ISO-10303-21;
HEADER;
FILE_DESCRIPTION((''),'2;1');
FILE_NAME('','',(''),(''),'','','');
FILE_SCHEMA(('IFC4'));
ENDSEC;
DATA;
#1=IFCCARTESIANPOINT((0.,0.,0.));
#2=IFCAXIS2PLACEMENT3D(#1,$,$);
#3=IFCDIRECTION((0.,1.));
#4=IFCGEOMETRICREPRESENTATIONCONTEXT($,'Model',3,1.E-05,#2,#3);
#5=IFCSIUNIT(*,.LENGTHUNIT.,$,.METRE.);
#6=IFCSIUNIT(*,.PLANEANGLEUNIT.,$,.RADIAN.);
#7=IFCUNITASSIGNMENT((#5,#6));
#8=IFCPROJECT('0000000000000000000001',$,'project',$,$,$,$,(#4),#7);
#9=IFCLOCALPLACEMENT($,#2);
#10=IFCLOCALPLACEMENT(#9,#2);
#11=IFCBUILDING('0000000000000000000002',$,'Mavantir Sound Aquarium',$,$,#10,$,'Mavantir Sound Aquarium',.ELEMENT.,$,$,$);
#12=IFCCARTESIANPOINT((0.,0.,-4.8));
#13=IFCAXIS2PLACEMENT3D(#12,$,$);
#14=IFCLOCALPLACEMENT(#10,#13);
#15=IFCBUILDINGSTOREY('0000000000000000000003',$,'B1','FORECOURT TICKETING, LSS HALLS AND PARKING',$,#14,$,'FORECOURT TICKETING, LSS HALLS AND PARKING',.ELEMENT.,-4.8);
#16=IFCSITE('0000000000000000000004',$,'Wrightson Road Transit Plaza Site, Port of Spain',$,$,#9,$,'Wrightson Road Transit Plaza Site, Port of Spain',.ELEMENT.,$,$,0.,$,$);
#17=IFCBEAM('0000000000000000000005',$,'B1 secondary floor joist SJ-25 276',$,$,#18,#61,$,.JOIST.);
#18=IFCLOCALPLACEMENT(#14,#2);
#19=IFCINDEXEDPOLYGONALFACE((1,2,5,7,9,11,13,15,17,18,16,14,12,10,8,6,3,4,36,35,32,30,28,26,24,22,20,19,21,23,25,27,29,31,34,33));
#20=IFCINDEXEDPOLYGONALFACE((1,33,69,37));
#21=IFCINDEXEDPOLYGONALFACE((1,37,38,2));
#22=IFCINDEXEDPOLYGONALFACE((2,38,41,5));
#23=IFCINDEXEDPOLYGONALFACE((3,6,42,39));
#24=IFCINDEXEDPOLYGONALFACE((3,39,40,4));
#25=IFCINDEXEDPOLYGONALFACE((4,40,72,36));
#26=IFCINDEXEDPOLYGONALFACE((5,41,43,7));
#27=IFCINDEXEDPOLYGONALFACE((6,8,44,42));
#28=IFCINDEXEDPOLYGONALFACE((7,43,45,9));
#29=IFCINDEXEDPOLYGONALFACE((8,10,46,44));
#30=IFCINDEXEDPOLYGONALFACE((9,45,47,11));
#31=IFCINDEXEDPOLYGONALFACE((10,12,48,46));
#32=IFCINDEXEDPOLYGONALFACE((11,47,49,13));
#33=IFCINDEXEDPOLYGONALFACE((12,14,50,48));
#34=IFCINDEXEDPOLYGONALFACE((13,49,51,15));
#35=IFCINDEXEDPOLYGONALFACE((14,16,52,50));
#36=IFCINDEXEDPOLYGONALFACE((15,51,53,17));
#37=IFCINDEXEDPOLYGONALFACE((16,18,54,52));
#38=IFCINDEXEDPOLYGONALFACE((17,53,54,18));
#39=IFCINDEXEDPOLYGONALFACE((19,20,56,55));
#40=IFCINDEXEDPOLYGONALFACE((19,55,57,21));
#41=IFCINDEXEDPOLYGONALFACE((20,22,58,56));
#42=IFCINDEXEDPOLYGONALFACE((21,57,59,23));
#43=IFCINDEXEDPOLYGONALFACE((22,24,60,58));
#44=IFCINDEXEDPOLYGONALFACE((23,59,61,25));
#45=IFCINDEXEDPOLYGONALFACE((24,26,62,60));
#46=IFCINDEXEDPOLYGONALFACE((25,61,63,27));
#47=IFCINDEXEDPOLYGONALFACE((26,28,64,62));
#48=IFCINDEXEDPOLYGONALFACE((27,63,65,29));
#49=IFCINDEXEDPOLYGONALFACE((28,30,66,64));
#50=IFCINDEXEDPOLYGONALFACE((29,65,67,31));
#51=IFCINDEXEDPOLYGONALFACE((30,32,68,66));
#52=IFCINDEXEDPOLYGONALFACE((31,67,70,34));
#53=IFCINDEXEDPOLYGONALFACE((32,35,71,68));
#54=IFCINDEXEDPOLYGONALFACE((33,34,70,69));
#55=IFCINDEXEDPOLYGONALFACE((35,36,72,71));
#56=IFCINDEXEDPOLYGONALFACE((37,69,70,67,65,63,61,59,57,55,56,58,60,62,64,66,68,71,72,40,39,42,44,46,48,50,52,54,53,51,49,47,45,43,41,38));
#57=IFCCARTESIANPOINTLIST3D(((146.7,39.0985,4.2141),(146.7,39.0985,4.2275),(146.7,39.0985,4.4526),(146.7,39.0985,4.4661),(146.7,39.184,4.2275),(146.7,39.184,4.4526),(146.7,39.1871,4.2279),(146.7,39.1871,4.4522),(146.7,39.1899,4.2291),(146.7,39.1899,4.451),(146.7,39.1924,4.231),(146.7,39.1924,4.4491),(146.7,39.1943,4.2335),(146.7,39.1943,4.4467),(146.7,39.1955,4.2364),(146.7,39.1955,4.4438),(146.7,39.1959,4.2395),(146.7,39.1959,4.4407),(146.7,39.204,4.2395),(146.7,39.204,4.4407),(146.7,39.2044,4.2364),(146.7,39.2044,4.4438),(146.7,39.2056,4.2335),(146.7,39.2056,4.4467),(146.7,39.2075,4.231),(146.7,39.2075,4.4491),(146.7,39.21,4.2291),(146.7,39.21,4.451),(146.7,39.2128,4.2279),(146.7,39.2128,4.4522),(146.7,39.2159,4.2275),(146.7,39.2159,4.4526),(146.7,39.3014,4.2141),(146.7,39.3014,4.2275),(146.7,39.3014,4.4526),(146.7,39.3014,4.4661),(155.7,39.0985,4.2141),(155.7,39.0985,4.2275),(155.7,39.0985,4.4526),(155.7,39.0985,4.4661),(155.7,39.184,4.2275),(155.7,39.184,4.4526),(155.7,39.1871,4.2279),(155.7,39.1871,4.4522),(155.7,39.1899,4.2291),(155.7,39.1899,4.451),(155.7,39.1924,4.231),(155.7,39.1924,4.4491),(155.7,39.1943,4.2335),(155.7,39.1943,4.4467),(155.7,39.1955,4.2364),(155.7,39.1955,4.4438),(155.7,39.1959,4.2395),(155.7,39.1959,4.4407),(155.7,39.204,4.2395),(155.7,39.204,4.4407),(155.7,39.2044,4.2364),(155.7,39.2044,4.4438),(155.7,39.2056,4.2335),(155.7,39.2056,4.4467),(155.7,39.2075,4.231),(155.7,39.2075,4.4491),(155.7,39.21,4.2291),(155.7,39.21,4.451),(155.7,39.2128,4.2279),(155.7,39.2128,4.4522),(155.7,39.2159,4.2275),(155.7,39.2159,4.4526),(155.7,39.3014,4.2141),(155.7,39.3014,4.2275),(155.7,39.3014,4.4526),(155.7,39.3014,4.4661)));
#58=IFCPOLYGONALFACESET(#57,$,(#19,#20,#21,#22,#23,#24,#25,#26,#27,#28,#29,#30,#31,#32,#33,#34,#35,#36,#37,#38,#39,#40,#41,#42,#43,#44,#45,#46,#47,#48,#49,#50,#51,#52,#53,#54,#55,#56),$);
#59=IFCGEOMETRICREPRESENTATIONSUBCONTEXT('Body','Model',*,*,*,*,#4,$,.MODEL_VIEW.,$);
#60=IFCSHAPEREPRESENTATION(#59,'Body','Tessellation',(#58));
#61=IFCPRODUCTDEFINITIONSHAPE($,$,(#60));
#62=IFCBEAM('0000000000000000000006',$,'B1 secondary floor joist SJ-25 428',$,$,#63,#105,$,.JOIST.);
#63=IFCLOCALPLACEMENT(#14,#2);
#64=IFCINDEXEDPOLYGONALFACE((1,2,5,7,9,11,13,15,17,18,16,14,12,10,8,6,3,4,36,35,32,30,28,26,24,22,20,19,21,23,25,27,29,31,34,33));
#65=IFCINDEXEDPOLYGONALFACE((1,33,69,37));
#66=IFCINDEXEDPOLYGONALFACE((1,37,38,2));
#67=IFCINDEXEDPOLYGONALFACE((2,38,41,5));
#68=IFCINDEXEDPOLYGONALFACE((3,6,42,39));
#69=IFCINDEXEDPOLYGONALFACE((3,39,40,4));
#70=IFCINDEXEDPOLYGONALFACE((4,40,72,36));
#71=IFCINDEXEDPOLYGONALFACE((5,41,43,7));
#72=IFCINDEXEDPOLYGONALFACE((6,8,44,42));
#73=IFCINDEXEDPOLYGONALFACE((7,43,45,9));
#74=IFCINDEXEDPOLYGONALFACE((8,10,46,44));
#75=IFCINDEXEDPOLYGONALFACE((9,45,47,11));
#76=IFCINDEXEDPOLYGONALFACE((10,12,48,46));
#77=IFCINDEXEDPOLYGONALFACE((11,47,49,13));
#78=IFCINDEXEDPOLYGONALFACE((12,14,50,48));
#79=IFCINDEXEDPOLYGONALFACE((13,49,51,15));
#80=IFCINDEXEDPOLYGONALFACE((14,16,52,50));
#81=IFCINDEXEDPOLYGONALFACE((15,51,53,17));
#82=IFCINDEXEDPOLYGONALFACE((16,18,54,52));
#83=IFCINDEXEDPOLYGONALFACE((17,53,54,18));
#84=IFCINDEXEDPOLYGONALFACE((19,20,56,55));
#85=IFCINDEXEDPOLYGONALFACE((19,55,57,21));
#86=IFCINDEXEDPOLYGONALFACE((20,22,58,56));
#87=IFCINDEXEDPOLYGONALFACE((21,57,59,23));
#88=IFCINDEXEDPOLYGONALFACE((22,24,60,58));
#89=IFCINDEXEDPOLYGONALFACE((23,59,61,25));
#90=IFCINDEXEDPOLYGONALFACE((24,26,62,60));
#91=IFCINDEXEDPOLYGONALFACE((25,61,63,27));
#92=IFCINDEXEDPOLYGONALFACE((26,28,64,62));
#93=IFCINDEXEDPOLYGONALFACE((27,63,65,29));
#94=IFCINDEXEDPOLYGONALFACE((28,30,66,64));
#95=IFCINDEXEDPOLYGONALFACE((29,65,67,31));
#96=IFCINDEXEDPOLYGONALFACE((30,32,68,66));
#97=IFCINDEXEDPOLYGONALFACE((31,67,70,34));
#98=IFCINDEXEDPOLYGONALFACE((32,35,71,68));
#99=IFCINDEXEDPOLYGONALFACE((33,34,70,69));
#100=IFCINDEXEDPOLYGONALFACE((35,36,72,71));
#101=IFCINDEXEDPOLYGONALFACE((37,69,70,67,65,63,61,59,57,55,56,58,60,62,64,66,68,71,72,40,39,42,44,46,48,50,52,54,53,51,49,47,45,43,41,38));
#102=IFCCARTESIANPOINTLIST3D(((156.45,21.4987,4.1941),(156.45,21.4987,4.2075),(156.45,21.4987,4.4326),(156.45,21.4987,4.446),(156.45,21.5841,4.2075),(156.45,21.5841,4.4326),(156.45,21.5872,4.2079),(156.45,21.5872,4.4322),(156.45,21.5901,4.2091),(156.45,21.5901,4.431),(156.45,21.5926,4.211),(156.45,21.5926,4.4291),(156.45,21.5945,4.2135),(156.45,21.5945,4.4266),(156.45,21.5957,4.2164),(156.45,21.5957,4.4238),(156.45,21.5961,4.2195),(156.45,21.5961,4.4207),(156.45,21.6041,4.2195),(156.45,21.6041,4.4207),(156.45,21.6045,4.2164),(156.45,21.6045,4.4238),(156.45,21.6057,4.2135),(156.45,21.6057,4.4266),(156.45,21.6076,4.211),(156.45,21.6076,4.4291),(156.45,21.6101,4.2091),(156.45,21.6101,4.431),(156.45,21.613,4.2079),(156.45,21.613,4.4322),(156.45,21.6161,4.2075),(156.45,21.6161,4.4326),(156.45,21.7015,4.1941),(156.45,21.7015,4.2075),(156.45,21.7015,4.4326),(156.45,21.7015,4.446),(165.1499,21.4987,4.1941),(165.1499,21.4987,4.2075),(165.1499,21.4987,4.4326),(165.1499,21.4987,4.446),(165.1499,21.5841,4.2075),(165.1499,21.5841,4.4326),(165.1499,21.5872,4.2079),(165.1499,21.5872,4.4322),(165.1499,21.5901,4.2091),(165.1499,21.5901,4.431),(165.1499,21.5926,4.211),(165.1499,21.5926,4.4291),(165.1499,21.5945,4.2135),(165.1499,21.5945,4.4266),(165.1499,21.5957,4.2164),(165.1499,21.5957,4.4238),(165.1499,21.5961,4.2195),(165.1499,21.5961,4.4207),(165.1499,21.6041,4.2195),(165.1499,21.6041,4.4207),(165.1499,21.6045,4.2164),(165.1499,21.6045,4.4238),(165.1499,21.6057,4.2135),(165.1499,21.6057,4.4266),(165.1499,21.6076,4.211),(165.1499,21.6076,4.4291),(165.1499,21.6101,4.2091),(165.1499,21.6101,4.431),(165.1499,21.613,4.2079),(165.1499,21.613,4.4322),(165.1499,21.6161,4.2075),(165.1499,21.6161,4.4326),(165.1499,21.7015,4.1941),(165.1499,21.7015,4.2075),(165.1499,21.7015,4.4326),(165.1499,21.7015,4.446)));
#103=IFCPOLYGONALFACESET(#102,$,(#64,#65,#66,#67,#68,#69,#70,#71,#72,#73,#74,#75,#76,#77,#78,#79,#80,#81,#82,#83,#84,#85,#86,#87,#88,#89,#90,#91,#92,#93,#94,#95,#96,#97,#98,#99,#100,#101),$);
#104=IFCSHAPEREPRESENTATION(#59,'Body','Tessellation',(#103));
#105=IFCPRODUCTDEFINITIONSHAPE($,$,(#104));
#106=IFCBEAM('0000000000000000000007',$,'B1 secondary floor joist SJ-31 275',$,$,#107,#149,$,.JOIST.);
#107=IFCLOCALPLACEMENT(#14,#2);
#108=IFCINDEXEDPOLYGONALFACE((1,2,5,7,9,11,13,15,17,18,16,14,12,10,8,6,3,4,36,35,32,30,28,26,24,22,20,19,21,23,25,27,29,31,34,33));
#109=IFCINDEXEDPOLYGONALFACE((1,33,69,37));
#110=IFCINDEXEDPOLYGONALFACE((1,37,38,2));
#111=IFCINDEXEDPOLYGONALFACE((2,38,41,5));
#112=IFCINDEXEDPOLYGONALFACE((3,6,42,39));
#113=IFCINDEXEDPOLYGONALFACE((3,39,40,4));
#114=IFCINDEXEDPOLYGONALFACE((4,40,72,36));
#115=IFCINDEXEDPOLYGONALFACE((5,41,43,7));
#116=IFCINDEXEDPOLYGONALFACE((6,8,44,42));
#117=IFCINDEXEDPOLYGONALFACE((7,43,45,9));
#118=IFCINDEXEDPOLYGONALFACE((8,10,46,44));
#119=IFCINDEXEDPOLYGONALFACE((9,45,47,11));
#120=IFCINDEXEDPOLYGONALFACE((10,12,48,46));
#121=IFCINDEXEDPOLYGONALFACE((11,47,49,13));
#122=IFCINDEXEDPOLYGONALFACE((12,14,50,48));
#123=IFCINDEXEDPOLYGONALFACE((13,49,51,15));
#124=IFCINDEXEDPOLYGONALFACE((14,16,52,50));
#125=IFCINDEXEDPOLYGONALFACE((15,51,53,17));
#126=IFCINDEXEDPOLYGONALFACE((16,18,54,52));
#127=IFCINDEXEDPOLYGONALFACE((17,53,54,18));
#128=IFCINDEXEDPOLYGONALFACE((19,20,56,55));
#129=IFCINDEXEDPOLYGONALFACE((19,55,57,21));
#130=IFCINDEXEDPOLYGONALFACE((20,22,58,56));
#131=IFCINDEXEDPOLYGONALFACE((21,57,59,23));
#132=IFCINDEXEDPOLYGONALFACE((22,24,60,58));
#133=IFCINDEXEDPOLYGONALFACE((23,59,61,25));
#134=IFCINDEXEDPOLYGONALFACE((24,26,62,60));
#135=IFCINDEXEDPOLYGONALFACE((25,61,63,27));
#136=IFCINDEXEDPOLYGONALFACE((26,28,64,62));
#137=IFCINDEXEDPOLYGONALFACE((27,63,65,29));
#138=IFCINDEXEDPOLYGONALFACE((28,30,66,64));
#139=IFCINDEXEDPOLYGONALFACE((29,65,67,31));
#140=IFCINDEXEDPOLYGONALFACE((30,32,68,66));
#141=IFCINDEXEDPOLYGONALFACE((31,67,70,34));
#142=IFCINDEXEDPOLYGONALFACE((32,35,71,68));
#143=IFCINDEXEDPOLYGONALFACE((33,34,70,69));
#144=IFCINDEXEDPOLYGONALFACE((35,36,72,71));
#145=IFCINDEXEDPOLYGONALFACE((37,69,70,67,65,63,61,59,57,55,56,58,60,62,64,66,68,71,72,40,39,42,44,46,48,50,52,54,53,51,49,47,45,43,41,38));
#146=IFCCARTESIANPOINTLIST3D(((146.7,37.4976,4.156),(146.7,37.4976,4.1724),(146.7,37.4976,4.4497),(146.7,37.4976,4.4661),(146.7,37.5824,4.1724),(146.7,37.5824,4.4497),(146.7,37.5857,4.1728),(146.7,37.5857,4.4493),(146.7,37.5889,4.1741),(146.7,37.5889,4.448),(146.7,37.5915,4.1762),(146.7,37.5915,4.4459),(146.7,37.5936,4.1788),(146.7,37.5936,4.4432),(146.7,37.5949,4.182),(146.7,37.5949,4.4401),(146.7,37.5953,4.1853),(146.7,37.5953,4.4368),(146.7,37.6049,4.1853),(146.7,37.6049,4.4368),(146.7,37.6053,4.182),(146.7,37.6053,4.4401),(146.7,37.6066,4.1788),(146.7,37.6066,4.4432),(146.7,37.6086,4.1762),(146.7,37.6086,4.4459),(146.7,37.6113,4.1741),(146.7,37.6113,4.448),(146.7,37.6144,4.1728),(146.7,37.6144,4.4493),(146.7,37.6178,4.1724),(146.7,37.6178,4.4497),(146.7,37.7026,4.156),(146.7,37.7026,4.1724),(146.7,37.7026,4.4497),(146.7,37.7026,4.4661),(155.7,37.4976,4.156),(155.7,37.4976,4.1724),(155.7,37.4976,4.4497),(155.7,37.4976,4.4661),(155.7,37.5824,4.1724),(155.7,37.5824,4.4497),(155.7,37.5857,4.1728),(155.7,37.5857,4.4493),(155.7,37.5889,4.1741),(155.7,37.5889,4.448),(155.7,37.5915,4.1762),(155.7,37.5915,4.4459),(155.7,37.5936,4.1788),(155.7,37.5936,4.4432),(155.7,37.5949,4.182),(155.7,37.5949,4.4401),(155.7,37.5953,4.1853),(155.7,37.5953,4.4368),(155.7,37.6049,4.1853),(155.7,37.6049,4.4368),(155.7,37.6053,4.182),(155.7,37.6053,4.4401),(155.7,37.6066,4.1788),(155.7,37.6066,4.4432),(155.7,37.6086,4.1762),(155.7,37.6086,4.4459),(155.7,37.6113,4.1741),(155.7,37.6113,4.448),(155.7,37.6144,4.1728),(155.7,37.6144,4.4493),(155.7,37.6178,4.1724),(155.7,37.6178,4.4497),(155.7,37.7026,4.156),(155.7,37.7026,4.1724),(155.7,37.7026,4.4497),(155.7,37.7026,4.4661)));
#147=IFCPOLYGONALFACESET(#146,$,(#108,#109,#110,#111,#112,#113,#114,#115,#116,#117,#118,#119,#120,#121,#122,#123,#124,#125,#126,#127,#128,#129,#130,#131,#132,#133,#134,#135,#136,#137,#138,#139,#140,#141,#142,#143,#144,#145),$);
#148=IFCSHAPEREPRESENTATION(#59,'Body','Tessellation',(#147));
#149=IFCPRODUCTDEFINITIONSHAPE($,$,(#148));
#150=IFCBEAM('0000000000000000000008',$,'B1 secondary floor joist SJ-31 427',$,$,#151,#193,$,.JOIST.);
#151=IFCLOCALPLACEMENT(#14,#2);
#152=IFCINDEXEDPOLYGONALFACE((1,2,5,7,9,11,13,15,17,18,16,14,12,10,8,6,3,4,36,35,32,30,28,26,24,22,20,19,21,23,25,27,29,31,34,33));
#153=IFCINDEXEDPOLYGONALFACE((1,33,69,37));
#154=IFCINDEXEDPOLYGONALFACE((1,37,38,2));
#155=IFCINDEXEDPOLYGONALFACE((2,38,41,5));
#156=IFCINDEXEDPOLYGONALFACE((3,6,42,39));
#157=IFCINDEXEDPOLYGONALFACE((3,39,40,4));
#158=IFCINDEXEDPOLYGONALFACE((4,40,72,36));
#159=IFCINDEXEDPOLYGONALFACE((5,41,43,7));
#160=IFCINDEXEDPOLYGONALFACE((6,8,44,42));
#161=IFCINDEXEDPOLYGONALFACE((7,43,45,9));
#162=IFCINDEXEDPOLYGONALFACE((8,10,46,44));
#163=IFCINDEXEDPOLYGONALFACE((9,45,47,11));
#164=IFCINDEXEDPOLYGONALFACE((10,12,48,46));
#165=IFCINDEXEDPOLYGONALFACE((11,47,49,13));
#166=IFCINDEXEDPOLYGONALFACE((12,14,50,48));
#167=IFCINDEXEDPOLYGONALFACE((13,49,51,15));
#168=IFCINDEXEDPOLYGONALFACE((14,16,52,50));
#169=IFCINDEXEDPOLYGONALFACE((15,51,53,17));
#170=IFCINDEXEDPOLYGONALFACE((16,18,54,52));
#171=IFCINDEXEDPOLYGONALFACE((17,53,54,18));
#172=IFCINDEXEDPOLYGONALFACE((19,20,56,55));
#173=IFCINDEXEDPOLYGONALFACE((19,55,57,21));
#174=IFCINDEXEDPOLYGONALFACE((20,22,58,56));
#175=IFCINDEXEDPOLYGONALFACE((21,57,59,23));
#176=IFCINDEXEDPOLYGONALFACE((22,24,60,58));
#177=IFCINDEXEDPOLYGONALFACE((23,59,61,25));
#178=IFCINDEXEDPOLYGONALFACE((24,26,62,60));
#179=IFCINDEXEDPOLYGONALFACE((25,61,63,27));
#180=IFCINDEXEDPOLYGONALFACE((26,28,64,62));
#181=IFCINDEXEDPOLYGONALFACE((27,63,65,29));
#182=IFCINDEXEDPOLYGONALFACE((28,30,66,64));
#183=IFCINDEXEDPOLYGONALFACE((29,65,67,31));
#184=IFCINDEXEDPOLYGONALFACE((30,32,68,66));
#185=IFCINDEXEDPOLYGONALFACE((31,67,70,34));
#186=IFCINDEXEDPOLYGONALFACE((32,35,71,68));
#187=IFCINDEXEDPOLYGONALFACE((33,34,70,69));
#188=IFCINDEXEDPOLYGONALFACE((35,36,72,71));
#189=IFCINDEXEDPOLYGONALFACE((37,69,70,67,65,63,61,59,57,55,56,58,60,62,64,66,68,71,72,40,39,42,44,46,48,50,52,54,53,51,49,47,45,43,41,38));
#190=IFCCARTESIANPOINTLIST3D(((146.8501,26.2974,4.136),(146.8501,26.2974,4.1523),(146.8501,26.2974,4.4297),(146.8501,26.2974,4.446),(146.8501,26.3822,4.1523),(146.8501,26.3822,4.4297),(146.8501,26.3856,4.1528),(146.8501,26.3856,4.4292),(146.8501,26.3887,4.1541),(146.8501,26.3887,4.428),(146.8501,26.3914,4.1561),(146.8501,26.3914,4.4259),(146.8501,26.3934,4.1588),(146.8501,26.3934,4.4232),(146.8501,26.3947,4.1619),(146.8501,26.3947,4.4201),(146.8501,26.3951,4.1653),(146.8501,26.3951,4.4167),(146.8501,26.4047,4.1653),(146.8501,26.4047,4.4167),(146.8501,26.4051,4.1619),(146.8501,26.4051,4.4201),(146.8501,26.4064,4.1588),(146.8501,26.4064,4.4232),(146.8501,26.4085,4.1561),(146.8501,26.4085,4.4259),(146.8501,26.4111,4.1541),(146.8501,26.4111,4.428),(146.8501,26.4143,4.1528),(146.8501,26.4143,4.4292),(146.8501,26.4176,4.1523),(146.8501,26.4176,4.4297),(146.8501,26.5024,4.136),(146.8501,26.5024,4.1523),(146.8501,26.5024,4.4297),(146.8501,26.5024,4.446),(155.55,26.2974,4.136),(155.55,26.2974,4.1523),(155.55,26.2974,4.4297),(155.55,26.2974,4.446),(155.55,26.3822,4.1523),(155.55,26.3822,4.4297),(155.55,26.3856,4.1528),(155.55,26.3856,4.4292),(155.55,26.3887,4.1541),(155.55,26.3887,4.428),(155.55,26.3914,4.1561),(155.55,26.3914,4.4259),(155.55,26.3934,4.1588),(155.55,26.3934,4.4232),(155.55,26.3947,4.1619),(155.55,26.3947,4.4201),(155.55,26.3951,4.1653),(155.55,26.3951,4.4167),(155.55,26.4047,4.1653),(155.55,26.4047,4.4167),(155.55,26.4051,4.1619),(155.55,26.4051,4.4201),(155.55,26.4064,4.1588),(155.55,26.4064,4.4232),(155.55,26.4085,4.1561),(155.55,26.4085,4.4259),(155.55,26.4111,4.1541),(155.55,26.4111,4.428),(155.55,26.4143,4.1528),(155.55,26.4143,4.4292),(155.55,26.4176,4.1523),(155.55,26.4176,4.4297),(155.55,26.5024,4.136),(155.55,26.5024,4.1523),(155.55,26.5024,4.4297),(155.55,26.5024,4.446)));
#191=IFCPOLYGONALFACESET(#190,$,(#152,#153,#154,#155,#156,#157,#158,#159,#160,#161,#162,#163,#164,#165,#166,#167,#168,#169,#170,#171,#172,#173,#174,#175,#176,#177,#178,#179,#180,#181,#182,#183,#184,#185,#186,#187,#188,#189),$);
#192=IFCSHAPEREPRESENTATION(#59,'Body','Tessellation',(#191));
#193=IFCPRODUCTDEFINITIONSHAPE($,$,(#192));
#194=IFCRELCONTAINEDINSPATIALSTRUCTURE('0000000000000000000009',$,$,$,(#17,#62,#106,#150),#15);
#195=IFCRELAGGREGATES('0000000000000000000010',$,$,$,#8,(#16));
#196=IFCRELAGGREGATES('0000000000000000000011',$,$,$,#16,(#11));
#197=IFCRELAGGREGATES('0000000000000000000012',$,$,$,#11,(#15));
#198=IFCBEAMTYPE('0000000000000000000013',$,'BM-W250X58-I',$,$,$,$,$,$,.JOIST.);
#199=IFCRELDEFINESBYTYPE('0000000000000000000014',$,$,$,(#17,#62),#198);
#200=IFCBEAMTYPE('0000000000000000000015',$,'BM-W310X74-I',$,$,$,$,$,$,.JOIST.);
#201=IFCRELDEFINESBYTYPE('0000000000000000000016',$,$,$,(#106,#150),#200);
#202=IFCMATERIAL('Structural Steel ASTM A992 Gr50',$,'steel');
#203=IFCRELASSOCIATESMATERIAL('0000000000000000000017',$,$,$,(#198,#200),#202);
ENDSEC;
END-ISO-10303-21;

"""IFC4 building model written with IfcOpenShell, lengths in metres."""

from ifc_helpers import new_model, si_unit, direction, frame, origin, origin_2d, place, context, subcontext, project, spatial, i_section, extrude, material, material_profile, profile_set, type_object, element, save


model = new_model("IFC4")

# Units and contexts
model_context = context("Model", 3, precision=1e-05, world=origin(), true_north=direction((0.0, 1.0)))
body_context = subcontext(model_context, "Body", "Model", "MODEL_VIEW")
ifc_project = project(units=[si_unit("LENGTHUNIT", "METRE"), si_unit("PLANEANGLEUNIT", "RADIAN")], contexts=[model_context])

# Site, building, storey
site_placement = place(None, origin())
site = spatial("IfcSite", under=ifc_project, at=site_placement, Name="Wrightson Road Transit Plaza Site, Port of Spain", LongName="Wrightson Road Transit Plaza Site, Port of Spain", CompositionType="ELEMENT", RefElevation=0.0)
building_placement = place(site_placement, origin())
building = spatial("IfcBuilding", under=site, at=building_placement, Name="Mavantir Sound Aquarium", LongName="Mavantir Sound Aquarium", CompositionType="ELEMENT")
storey_placement = place(building_placement, frame((0.0, 0.0, -4.8)))
storey = spatial("IfcBuildingStorey", under=building, at=storey_placement, Name="B1", Description="FORECOURT TICKETING, LSS HALLS AND PARKING", LongName="FORECOURT TICKETING, LSS HALLS AND PARKING", CompositionType="ELEMENT", Elevation=-4.8)

# Beams
ifc_material_1 = material(Name="Structural Steel ASTM A992 Gr50", Category="steel")
ifc_material_profile_1 = material_profile(ifc_material_1, i_section(OverallWidth=0.2029, OverallDepth=0.252, WebThickness=0.0081, FlangeThickness=0.0134, FilletRadius=0.012, at=origin_2d()), Name="W250X58")
ifc_profile_set_1 = profile_set([ifc_material_profile_1], Name="Structural Steel ASTM A992 Gr50")
beam_type_1 = type_object("IfcBeamType", Name="BM-W250X58-I", PredefinedType="JOIST", material=ifc_profile_set_1)
beam_1_placement = place(storey_placement, frame((146.7, 39.2, 4.3401), z_axis=(1.0, 0.0, 0.0), x_axis=(0.0, 1.0, 0.0)))
element("IfcBeam", 1, at=beam_1_placement, inside=storey, type_object=beam_type_1, Name="B1 secondary floor joist SJ-25 276", PredefinedType="JOIST", context=body_context, shape_type="SweptSolid", body=[
    extrude(i_section(OverallWidth=0.2029, OverallDepth=0.252, WebThickness=0.0081, FlangeThickness=0.0134, FilletRadius=0.012, at=origin_2d()), origin(), (0.0, 0.0, 1.0), 9.0),
])
beam_2_placement = place(storey_placement, frame((156.45, 21.6001, 4.3201), z_axis=(1.0, 0.0, 0.0), x_axis=(0.0, 1.0, 0.0)))
element("IfcBeam", 2, at=beam_2_placement, inside=storey, type_object=beam_type_1, Name="B1 secondary floor joist SJ-25 428", PredefinedType="JOIST", context=body_context, shape_type="SweptSolid", body=[
    extrude(i_section(OverallWidth=0.2029, OverallDepth=0.252, WebThickness=0.0081, FlangeThickness=0.0134, FilletRadius=0.012, at=origin_2d()), origin(), (0.0, 0.0, 1.0), 8.7),
])
ifc_material_profile_2 = material_profile(ifc_material_1, i_section(OverallWidth=0.2051, OverallDepth=0.3101, WebThickness=0.0095, FlangeThickness=0.0164, FilletRadius=0.0129, at=origin_2d()), Name="W310X74")
ifc_profile_set_2 = profile_set([ifc_material_profile_2], Name="Structural Steel ASTM A992 Gr50")
beam_type_2 = type_object("IfcBeamType", Name="BM-W310X74-I", PredefinedType="JOIST", material=ifc_profile_set_2)
beam_3_placement = place(storey_placement, frame((146.7, 37.6001, 4.311), z_axis=(1.0, 0.0, 0.0), x_axis=(0.0, 1.0, 0.0)))
element("IfcBeam", 3, at=beam_3_placement, inside=storey, type_object=beam_type_2, Name="B1 secondary floor joist SJ-31 275", PredefinedType="JOIST", context=body_context, shape_type="SweptSolid", body=[
    extrude(i_section(OverallWidth=0.2051, OverallDepth=0.3101, WebThickness=0.0095, FlangeThickness=0.0164, FilletRadius=0.0129, at=origin_2d()), origin(), (0.0, 0.0, 1.0), 9.0),
])
beam_4_placement = place(storey_placement, frame((146.8501, 26.3999, 4.291), z_axis=(1.0, 0.0, 0.0), x_axis=(0.0, 1.0, 0.0)))
element("IfcBeam", 4, at=beam_4_placement, inside=storey, type_object=beam_type_2, Name="B1 secondary floor joist SJ-31 427", PredefinedType="JOIST", context=body_context, shape_type="SweptSolid", body=[
    extrude(i_section(OverallWidth=0.2051, OverallDepth=0.3101, WebThickness=0.0095, FlangeThickness=0.0164, FilletRadius=0.0129, at=origin_2d()), origin(), (0.0, 0.0, 1.0), 8.7),
])

save(model, "model.ifc")
